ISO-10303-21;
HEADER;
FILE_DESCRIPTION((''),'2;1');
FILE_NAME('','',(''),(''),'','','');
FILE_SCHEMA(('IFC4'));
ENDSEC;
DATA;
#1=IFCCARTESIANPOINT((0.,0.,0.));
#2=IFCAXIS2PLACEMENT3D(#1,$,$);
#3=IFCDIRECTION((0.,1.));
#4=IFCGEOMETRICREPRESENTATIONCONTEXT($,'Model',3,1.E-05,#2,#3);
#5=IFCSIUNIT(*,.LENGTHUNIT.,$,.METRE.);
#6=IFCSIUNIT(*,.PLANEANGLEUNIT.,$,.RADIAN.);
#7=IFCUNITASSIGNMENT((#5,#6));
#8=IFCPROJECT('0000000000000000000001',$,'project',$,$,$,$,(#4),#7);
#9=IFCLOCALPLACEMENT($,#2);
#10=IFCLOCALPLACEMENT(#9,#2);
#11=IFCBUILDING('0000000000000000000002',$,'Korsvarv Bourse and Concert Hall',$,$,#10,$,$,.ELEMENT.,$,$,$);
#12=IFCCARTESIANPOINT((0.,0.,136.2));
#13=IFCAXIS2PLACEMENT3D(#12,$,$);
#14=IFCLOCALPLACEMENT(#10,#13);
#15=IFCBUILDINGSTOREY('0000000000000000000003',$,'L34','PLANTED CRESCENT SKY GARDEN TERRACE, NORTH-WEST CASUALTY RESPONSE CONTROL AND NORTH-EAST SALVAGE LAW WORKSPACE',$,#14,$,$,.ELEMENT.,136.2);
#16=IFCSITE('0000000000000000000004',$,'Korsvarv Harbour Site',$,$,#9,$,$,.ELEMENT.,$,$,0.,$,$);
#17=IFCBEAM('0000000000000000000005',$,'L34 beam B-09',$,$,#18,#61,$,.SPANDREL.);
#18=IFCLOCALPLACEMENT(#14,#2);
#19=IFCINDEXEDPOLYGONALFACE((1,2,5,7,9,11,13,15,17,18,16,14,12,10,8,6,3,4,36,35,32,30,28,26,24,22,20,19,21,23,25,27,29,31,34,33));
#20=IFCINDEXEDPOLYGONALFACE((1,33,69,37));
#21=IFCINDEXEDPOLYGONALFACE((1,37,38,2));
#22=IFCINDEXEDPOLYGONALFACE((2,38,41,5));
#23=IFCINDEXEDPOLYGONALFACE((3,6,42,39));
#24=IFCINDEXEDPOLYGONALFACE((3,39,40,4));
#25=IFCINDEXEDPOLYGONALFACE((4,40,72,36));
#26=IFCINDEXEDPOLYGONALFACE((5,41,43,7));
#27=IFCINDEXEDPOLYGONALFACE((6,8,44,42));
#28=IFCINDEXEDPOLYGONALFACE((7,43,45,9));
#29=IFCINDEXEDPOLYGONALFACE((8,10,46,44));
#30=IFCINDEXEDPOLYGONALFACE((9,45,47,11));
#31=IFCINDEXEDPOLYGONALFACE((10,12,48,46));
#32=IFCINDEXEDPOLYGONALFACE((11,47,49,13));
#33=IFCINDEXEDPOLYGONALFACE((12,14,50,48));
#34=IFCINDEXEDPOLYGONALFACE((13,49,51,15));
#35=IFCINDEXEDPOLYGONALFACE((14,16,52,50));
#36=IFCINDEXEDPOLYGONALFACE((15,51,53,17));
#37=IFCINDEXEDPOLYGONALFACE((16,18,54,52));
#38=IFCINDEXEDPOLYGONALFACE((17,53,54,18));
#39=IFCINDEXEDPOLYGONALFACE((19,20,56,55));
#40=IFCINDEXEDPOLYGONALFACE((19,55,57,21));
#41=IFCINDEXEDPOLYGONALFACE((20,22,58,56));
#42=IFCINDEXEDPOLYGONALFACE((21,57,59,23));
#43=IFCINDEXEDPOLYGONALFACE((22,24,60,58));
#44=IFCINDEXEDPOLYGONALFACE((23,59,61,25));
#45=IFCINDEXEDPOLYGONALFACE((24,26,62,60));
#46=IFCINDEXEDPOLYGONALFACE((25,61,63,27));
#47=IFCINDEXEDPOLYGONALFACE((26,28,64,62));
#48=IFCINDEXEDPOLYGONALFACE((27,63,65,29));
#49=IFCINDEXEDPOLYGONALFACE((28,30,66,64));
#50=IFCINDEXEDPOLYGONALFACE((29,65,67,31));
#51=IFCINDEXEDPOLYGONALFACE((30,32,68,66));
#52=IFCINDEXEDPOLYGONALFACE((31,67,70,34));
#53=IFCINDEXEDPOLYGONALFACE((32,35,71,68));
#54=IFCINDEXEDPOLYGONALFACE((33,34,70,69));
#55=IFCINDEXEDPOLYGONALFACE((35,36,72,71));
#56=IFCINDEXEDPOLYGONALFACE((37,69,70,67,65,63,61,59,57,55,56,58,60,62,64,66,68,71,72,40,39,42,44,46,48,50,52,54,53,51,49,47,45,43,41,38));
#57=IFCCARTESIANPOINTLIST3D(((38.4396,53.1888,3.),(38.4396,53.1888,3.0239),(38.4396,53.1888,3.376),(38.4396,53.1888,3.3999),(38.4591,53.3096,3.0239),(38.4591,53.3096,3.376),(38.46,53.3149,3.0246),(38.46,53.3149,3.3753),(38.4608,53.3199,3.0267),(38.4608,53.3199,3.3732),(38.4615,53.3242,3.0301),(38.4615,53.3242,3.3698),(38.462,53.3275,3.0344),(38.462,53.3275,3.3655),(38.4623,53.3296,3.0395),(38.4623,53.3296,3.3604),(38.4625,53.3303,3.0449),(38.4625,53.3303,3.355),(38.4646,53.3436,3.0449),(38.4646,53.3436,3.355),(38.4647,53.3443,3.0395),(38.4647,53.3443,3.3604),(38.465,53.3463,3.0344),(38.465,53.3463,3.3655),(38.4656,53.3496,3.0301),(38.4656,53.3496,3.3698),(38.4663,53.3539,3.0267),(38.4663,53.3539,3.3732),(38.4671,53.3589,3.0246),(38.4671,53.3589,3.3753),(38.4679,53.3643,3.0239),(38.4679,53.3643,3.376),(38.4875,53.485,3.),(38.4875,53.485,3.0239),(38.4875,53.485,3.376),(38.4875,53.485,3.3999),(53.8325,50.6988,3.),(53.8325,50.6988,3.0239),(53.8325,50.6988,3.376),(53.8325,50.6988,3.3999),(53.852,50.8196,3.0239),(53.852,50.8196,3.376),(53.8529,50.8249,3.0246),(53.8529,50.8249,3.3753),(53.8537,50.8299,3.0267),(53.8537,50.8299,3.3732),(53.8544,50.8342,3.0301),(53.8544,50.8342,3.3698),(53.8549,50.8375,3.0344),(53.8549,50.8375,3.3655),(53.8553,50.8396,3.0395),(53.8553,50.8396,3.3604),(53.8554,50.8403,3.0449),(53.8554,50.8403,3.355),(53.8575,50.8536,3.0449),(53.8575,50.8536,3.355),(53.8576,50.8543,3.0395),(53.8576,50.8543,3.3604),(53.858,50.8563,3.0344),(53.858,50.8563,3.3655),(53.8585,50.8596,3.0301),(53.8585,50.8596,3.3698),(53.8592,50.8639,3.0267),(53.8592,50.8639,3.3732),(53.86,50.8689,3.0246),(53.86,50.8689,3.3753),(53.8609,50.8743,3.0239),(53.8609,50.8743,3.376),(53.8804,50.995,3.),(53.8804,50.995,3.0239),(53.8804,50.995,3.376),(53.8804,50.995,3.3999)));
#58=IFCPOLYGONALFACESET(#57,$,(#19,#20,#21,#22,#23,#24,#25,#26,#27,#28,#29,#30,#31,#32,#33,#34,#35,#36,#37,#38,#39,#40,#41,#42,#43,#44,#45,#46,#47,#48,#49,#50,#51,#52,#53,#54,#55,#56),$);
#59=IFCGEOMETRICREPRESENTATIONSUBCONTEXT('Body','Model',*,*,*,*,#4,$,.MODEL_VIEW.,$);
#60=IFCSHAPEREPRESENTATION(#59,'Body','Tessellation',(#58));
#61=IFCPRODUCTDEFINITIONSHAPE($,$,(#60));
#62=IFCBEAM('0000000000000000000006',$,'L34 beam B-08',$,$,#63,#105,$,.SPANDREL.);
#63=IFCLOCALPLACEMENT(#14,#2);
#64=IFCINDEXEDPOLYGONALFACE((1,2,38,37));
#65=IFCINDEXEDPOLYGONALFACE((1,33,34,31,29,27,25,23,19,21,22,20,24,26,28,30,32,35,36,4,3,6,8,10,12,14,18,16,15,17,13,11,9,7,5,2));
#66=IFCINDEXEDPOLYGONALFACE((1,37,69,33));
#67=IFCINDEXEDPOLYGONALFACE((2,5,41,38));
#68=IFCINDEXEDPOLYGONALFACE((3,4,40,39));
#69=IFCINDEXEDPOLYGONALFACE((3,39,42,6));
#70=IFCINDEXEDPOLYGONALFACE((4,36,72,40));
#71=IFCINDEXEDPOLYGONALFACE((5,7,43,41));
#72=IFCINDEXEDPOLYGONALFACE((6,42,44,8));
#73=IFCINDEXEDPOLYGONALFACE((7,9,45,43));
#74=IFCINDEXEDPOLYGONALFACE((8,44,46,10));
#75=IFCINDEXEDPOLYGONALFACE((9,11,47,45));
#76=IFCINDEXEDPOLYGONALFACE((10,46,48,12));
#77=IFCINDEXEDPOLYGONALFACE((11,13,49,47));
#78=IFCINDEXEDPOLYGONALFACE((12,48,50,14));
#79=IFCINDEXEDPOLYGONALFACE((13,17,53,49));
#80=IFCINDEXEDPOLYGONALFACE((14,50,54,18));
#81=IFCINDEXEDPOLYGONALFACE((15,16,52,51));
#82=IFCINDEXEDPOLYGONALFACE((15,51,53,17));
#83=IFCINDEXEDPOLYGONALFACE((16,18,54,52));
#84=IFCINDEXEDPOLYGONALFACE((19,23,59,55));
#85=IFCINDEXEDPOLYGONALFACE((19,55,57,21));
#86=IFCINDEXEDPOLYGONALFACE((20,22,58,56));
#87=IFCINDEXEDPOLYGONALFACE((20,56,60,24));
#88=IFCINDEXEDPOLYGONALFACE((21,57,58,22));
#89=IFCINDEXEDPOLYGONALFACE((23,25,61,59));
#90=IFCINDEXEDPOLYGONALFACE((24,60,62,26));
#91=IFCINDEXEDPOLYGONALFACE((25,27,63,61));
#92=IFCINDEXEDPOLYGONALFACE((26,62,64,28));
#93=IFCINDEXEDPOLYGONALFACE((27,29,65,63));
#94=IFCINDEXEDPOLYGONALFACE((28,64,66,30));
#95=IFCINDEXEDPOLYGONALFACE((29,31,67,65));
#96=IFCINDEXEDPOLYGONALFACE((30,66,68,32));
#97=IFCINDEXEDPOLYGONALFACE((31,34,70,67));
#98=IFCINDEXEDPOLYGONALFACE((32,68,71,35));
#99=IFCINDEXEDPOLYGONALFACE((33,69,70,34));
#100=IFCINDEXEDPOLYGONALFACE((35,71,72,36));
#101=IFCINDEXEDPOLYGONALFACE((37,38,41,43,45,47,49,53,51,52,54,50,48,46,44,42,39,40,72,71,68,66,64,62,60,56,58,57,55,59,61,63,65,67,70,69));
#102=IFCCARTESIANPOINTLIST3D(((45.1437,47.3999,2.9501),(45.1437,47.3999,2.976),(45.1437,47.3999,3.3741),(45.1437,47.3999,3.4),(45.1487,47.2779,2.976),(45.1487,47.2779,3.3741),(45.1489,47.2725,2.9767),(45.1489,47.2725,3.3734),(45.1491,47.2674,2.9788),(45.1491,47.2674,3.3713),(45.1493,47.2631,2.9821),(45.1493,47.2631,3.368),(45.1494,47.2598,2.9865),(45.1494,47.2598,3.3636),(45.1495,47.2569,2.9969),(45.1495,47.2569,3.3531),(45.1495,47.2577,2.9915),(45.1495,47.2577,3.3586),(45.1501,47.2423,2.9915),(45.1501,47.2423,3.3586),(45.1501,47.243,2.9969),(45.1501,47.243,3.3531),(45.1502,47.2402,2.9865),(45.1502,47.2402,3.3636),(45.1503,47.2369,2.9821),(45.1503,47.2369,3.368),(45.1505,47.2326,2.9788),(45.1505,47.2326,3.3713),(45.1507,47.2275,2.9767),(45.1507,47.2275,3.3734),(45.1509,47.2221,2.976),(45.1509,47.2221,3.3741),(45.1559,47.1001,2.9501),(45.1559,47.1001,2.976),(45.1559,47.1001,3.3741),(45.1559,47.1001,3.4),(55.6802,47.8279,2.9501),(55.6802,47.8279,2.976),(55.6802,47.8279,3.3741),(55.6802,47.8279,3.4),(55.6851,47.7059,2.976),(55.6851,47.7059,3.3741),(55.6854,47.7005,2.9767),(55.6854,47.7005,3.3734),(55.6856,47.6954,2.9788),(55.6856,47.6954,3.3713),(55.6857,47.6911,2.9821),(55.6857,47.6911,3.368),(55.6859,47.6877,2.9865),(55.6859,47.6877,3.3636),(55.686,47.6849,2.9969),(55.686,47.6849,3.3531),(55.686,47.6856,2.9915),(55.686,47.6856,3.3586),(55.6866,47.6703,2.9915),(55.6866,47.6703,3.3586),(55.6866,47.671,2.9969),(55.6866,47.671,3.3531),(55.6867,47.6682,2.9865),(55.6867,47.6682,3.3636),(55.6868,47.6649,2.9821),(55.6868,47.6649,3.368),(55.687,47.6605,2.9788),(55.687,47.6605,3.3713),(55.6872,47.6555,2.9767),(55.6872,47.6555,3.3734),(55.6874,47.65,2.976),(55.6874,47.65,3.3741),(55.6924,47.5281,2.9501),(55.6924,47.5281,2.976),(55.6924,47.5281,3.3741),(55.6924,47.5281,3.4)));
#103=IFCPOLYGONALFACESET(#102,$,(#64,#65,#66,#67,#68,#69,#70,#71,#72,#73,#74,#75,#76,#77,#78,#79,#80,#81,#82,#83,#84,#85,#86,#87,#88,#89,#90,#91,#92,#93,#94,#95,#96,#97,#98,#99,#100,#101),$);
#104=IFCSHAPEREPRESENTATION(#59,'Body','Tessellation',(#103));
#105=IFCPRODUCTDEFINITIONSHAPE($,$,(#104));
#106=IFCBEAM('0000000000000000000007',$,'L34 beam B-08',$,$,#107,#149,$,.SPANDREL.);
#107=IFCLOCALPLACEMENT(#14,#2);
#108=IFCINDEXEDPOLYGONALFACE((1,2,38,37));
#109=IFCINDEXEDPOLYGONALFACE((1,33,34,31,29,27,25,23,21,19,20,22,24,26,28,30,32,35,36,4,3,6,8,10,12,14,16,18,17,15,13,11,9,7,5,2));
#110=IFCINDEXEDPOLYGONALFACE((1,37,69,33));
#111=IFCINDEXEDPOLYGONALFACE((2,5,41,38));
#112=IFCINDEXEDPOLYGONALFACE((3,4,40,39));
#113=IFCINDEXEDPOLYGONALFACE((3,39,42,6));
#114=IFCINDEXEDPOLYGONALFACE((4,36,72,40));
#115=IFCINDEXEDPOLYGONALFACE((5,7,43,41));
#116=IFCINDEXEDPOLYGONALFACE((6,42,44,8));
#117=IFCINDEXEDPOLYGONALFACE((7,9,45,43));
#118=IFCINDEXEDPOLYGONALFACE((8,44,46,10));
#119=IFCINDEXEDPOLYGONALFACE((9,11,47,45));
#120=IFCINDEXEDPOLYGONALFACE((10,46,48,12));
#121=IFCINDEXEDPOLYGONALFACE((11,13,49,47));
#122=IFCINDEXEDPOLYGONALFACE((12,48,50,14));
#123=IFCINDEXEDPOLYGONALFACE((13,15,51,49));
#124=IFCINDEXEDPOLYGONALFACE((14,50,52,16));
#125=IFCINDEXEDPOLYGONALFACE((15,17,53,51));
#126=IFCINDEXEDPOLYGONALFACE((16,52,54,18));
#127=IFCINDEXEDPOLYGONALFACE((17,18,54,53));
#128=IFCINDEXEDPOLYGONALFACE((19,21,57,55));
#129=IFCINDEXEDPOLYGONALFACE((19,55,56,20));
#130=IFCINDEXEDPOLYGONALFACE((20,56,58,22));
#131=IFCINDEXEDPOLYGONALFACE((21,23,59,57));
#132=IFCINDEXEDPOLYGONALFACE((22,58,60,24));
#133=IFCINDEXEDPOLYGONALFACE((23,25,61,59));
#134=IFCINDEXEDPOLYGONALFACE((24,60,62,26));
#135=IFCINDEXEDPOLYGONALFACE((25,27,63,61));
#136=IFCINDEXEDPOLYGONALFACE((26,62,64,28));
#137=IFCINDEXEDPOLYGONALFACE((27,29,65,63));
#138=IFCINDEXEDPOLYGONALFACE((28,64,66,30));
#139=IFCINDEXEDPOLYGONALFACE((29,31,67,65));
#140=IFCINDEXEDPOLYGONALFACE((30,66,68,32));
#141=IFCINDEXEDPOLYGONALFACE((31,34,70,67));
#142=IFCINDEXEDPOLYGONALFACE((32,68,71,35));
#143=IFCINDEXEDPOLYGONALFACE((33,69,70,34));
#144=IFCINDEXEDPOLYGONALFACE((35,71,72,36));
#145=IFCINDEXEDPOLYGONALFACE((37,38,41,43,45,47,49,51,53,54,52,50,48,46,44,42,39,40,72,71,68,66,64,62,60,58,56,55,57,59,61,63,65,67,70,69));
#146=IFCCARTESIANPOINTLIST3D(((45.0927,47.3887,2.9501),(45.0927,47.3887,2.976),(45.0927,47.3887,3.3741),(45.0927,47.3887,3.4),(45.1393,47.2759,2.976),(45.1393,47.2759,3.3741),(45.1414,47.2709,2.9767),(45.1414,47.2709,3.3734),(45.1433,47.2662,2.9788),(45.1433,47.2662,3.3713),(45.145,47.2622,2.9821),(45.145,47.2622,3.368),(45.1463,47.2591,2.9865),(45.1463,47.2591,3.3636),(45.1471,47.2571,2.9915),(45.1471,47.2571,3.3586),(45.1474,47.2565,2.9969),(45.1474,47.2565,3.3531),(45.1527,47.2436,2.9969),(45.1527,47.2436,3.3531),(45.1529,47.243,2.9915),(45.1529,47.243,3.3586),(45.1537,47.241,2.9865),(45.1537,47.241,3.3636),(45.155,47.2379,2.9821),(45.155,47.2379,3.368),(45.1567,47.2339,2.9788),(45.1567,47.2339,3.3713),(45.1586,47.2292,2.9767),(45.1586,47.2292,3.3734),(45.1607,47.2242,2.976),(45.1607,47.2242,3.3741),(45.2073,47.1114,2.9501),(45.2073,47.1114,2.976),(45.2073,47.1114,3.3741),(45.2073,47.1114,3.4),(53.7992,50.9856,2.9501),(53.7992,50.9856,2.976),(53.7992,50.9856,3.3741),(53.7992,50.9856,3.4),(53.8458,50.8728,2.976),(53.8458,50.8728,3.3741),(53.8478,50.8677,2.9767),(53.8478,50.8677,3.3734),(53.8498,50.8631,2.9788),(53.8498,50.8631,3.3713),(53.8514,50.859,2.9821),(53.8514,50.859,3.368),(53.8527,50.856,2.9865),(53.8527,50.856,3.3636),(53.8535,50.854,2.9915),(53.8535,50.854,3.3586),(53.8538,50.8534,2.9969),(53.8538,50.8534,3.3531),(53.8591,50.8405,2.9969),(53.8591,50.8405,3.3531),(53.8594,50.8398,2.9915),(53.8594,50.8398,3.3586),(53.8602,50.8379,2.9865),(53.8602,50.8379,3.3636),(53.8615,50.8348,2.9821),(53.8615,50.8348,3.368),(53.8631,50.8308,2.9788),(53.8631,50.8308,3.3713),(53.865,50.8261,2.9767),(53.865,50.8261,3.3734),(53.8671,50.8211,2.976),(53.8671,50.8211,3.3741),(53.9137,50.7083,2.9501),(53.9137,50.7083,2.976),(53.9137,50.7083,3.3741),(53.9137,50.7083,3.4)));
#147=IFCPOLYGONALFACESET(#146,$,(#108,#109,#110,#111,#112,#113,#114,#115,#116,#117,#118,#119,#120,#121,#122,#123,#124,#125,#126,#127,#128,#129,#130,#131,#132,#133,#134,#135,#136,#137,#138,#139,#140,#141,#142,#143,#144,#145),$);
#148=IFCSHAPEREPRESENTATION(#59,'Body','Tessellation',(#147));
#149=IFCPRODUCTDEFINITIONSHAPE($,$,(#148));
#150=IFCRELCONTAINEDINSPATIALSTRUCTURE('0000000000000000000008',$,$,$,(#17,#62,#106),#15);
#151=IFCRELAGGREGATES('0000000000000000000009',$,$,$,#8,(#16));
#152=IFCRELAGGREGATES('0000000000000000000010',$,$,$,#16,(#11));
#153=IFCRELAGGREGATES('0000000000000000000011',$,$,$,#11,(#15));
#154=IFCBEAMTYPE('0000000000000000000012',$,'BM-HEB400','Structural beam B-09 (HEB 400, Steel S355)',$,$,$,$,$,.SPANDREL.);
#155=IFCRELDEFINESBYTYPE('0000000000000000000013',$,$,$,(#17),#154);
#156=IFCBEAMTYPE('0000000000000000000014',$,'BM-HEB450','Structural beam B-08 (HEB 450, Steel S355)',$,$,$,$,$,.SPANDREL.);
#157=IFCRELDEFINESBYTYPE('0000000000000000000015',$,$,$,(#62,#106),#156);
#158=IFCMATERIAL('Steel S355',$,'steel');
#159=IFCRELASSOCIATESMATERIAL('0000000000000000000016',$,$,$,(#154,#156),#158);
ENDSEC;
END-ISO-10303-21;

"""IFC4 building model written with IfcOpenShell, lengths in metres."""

from ifc_helpers import new_model, si_unit, direction, frame, origin, origin_2d, place, context, subcontext, project, spatial, i_section, extrude, source, transform, mapped, material, material_profile, profile_set, type_object, element, save


model = new_model("IFC4")

# Units and contexts
model_context = context("Model", 3, precision=1e-05, world=origin(), true_north=direction((0.0, 1.0)))
body_context = subcontext(model_context, "Body", "Model", "MODEL_VIEW")
ifc_project = project(units=[si_unit("LENGTHUNIT", "METRE"), si_unit("PLANEANGLEUNIT", "RADIAN")], contexts=[model_context])

# Site, building, storey
site_placement = place(None, origin())
site = spatial("IfcSite", under=ifc_project, at=site_placement, Name="Korsvarv Harbour Site", CompositionType="ELEMENT", RefElevation=0.0)
building_placement = place(site_placement, origin())
building = spatial("IfcBuilding", under=site, at=building_placement, Name="Korsvarv Bourse and Concert Hall", CompositionType="ELEMENT")
storey_placement = place(building_placement, frame((0.0, 0.0, 136.2)))
storey = spatial("IfcBuildingStorey", under=building, at=storey_placement, Name="L34", Description="PLANTED CRESCENT SKY GARDEN TERRACE, NORTH-WEST CASUALTY RESPONSE CONTROL AND NORTH-EAST SALVAGE LAW WORKSPACE", CompositionType="ELEMENT", Elevation=136.2)

# Shared definitions
ifc_material_1 = material(Name="Steel S355", Category="steel")

# Beams
ifc_material_profile_1 = material_profile(ifc_material_1, i_section(OverallWidth=0.3, OverallDepth=0.3999, WebThickness=0.0134, FlangeThickness=0.0239, FilletRadius=0.021, at=origin_2d()), Name="HEB 400")
ifc_profile_set_1 = profile_set([ifc_material_profile_1], Name="Steel S355")
beam_type_1 = type_object("IfcBeamType", Name="BM-HEB400", Description="Structural beam B-09 (HEB 400, Steel S355)", PredefinedType="SPANDREL", material=ifc_profile_set_1)
shared_shape_1 = source(origin(), body_context, "Body", "SweptSolid", [
    extrude(i_section(OverallWidth=0.3, OverallDepth=0.3999, WebThickness=0.0134, FlangeThickness=0.0239, FilletRadius=0.021, at=origin_2d()), origin(), (0.0, 0.0, 1.0), 15.593),
])
beam_1_placement = place(storey_placement, frame((53.8564, 50.8469, 3.2), z_axis=(-0.987168, 0.159687, 0.0), x_axis=(-0.159687, -0.987168, 0.0)))
element("IfcBeam", 1, at=beam_1_placement, inside=storey, type_object=beam_type_1, Name="L34 beam B-09", PredefinedType="SPANDREL", context=body_context, shape_type="MappedRepresentation", body=[
    mapped(shared_shape_1, transform((0.0, 0.0, 0.0), scale=1.0)),
])
ifc_material_profile_2 = material_profile(ifc_material_1, i_section(OverallWidth=0.3, OverallDepth=0.45, WebThickness=0.0139, FlangeThickness=0.0259, FilletRadius=0.021, at=origin_2d()), Name="HEB 450")
ifc_profile_set_2 = profile_set([ifc_material_profile_2], Name="Steel S355")
beam_type_2 = type_object("IfcBeamType", Name="BM-HEB450", Description="Structural beam B-08 (HEB 450, Steel S355)", PredefinedType="SPANDREL", material=ifc_profile_set_2)
shared_shape_2 = source(origin(), body_context, "Body", "SweptSolid", [
    extrude(i_section(OverallWidth=0.3, OverallDepth=0.45, WebThickness=0.0139, FlangeThickness=0.0259, FilletRadius=0.021, at=origin_2d()), origin(), (0.0, 0.0, 1.0), 10.5452),
])
beam_2_placement = place(storey_placement, frame((55.6863, 47.678, 3.175), z_axis=(-0.999176, -0.040586, 0.0), x_axis=(0.040586, -0.999176, 0.0)))
element("IfcBeam", 2, at=beam_2_placement, inside=storey, type_object=beam_type_2, Name="L34 beam B-08", PredefinedType="SPANDREL", context=body_context, shape_type="MappedRepresentation", body=[
    mapped(shared_shape_2, transform((0.0, 0.0, 0.0), scale=1.0)),
])
shared_shape_3 = source(origin(), body_context, "Body", "SweptSolid", [
    extrude(i_section(OverallWidth=0.3, OverallDepth=0.45, WebThickness=0.0139, FlangeThickness=0.0259, FilletRadius=0.021, at=origin_2d()), origin(), (0.0, 0.0, 1.0), 9.4202),
])
beam_3_placement = place(storey_placement, frame((53.8564, 50.8469, 3.175), z_axis=(-0.924234, -0.381828, 0.0), x_axis=(0.381828, -0.924234, 0.0)))
element("IfcBeam", 3, at=beam_3_placement, inside=storey, type_object=beam_type_2, Name="L34 beam B-08", PredefinedType="SPANDREL", context=body_context, shape_type="MappedRepresentation", body=[
    mapped(shared_shape_3, transform((0.0, 0.0, 0.0), scale=1.0)),
])

save(model, "model.ifc")
